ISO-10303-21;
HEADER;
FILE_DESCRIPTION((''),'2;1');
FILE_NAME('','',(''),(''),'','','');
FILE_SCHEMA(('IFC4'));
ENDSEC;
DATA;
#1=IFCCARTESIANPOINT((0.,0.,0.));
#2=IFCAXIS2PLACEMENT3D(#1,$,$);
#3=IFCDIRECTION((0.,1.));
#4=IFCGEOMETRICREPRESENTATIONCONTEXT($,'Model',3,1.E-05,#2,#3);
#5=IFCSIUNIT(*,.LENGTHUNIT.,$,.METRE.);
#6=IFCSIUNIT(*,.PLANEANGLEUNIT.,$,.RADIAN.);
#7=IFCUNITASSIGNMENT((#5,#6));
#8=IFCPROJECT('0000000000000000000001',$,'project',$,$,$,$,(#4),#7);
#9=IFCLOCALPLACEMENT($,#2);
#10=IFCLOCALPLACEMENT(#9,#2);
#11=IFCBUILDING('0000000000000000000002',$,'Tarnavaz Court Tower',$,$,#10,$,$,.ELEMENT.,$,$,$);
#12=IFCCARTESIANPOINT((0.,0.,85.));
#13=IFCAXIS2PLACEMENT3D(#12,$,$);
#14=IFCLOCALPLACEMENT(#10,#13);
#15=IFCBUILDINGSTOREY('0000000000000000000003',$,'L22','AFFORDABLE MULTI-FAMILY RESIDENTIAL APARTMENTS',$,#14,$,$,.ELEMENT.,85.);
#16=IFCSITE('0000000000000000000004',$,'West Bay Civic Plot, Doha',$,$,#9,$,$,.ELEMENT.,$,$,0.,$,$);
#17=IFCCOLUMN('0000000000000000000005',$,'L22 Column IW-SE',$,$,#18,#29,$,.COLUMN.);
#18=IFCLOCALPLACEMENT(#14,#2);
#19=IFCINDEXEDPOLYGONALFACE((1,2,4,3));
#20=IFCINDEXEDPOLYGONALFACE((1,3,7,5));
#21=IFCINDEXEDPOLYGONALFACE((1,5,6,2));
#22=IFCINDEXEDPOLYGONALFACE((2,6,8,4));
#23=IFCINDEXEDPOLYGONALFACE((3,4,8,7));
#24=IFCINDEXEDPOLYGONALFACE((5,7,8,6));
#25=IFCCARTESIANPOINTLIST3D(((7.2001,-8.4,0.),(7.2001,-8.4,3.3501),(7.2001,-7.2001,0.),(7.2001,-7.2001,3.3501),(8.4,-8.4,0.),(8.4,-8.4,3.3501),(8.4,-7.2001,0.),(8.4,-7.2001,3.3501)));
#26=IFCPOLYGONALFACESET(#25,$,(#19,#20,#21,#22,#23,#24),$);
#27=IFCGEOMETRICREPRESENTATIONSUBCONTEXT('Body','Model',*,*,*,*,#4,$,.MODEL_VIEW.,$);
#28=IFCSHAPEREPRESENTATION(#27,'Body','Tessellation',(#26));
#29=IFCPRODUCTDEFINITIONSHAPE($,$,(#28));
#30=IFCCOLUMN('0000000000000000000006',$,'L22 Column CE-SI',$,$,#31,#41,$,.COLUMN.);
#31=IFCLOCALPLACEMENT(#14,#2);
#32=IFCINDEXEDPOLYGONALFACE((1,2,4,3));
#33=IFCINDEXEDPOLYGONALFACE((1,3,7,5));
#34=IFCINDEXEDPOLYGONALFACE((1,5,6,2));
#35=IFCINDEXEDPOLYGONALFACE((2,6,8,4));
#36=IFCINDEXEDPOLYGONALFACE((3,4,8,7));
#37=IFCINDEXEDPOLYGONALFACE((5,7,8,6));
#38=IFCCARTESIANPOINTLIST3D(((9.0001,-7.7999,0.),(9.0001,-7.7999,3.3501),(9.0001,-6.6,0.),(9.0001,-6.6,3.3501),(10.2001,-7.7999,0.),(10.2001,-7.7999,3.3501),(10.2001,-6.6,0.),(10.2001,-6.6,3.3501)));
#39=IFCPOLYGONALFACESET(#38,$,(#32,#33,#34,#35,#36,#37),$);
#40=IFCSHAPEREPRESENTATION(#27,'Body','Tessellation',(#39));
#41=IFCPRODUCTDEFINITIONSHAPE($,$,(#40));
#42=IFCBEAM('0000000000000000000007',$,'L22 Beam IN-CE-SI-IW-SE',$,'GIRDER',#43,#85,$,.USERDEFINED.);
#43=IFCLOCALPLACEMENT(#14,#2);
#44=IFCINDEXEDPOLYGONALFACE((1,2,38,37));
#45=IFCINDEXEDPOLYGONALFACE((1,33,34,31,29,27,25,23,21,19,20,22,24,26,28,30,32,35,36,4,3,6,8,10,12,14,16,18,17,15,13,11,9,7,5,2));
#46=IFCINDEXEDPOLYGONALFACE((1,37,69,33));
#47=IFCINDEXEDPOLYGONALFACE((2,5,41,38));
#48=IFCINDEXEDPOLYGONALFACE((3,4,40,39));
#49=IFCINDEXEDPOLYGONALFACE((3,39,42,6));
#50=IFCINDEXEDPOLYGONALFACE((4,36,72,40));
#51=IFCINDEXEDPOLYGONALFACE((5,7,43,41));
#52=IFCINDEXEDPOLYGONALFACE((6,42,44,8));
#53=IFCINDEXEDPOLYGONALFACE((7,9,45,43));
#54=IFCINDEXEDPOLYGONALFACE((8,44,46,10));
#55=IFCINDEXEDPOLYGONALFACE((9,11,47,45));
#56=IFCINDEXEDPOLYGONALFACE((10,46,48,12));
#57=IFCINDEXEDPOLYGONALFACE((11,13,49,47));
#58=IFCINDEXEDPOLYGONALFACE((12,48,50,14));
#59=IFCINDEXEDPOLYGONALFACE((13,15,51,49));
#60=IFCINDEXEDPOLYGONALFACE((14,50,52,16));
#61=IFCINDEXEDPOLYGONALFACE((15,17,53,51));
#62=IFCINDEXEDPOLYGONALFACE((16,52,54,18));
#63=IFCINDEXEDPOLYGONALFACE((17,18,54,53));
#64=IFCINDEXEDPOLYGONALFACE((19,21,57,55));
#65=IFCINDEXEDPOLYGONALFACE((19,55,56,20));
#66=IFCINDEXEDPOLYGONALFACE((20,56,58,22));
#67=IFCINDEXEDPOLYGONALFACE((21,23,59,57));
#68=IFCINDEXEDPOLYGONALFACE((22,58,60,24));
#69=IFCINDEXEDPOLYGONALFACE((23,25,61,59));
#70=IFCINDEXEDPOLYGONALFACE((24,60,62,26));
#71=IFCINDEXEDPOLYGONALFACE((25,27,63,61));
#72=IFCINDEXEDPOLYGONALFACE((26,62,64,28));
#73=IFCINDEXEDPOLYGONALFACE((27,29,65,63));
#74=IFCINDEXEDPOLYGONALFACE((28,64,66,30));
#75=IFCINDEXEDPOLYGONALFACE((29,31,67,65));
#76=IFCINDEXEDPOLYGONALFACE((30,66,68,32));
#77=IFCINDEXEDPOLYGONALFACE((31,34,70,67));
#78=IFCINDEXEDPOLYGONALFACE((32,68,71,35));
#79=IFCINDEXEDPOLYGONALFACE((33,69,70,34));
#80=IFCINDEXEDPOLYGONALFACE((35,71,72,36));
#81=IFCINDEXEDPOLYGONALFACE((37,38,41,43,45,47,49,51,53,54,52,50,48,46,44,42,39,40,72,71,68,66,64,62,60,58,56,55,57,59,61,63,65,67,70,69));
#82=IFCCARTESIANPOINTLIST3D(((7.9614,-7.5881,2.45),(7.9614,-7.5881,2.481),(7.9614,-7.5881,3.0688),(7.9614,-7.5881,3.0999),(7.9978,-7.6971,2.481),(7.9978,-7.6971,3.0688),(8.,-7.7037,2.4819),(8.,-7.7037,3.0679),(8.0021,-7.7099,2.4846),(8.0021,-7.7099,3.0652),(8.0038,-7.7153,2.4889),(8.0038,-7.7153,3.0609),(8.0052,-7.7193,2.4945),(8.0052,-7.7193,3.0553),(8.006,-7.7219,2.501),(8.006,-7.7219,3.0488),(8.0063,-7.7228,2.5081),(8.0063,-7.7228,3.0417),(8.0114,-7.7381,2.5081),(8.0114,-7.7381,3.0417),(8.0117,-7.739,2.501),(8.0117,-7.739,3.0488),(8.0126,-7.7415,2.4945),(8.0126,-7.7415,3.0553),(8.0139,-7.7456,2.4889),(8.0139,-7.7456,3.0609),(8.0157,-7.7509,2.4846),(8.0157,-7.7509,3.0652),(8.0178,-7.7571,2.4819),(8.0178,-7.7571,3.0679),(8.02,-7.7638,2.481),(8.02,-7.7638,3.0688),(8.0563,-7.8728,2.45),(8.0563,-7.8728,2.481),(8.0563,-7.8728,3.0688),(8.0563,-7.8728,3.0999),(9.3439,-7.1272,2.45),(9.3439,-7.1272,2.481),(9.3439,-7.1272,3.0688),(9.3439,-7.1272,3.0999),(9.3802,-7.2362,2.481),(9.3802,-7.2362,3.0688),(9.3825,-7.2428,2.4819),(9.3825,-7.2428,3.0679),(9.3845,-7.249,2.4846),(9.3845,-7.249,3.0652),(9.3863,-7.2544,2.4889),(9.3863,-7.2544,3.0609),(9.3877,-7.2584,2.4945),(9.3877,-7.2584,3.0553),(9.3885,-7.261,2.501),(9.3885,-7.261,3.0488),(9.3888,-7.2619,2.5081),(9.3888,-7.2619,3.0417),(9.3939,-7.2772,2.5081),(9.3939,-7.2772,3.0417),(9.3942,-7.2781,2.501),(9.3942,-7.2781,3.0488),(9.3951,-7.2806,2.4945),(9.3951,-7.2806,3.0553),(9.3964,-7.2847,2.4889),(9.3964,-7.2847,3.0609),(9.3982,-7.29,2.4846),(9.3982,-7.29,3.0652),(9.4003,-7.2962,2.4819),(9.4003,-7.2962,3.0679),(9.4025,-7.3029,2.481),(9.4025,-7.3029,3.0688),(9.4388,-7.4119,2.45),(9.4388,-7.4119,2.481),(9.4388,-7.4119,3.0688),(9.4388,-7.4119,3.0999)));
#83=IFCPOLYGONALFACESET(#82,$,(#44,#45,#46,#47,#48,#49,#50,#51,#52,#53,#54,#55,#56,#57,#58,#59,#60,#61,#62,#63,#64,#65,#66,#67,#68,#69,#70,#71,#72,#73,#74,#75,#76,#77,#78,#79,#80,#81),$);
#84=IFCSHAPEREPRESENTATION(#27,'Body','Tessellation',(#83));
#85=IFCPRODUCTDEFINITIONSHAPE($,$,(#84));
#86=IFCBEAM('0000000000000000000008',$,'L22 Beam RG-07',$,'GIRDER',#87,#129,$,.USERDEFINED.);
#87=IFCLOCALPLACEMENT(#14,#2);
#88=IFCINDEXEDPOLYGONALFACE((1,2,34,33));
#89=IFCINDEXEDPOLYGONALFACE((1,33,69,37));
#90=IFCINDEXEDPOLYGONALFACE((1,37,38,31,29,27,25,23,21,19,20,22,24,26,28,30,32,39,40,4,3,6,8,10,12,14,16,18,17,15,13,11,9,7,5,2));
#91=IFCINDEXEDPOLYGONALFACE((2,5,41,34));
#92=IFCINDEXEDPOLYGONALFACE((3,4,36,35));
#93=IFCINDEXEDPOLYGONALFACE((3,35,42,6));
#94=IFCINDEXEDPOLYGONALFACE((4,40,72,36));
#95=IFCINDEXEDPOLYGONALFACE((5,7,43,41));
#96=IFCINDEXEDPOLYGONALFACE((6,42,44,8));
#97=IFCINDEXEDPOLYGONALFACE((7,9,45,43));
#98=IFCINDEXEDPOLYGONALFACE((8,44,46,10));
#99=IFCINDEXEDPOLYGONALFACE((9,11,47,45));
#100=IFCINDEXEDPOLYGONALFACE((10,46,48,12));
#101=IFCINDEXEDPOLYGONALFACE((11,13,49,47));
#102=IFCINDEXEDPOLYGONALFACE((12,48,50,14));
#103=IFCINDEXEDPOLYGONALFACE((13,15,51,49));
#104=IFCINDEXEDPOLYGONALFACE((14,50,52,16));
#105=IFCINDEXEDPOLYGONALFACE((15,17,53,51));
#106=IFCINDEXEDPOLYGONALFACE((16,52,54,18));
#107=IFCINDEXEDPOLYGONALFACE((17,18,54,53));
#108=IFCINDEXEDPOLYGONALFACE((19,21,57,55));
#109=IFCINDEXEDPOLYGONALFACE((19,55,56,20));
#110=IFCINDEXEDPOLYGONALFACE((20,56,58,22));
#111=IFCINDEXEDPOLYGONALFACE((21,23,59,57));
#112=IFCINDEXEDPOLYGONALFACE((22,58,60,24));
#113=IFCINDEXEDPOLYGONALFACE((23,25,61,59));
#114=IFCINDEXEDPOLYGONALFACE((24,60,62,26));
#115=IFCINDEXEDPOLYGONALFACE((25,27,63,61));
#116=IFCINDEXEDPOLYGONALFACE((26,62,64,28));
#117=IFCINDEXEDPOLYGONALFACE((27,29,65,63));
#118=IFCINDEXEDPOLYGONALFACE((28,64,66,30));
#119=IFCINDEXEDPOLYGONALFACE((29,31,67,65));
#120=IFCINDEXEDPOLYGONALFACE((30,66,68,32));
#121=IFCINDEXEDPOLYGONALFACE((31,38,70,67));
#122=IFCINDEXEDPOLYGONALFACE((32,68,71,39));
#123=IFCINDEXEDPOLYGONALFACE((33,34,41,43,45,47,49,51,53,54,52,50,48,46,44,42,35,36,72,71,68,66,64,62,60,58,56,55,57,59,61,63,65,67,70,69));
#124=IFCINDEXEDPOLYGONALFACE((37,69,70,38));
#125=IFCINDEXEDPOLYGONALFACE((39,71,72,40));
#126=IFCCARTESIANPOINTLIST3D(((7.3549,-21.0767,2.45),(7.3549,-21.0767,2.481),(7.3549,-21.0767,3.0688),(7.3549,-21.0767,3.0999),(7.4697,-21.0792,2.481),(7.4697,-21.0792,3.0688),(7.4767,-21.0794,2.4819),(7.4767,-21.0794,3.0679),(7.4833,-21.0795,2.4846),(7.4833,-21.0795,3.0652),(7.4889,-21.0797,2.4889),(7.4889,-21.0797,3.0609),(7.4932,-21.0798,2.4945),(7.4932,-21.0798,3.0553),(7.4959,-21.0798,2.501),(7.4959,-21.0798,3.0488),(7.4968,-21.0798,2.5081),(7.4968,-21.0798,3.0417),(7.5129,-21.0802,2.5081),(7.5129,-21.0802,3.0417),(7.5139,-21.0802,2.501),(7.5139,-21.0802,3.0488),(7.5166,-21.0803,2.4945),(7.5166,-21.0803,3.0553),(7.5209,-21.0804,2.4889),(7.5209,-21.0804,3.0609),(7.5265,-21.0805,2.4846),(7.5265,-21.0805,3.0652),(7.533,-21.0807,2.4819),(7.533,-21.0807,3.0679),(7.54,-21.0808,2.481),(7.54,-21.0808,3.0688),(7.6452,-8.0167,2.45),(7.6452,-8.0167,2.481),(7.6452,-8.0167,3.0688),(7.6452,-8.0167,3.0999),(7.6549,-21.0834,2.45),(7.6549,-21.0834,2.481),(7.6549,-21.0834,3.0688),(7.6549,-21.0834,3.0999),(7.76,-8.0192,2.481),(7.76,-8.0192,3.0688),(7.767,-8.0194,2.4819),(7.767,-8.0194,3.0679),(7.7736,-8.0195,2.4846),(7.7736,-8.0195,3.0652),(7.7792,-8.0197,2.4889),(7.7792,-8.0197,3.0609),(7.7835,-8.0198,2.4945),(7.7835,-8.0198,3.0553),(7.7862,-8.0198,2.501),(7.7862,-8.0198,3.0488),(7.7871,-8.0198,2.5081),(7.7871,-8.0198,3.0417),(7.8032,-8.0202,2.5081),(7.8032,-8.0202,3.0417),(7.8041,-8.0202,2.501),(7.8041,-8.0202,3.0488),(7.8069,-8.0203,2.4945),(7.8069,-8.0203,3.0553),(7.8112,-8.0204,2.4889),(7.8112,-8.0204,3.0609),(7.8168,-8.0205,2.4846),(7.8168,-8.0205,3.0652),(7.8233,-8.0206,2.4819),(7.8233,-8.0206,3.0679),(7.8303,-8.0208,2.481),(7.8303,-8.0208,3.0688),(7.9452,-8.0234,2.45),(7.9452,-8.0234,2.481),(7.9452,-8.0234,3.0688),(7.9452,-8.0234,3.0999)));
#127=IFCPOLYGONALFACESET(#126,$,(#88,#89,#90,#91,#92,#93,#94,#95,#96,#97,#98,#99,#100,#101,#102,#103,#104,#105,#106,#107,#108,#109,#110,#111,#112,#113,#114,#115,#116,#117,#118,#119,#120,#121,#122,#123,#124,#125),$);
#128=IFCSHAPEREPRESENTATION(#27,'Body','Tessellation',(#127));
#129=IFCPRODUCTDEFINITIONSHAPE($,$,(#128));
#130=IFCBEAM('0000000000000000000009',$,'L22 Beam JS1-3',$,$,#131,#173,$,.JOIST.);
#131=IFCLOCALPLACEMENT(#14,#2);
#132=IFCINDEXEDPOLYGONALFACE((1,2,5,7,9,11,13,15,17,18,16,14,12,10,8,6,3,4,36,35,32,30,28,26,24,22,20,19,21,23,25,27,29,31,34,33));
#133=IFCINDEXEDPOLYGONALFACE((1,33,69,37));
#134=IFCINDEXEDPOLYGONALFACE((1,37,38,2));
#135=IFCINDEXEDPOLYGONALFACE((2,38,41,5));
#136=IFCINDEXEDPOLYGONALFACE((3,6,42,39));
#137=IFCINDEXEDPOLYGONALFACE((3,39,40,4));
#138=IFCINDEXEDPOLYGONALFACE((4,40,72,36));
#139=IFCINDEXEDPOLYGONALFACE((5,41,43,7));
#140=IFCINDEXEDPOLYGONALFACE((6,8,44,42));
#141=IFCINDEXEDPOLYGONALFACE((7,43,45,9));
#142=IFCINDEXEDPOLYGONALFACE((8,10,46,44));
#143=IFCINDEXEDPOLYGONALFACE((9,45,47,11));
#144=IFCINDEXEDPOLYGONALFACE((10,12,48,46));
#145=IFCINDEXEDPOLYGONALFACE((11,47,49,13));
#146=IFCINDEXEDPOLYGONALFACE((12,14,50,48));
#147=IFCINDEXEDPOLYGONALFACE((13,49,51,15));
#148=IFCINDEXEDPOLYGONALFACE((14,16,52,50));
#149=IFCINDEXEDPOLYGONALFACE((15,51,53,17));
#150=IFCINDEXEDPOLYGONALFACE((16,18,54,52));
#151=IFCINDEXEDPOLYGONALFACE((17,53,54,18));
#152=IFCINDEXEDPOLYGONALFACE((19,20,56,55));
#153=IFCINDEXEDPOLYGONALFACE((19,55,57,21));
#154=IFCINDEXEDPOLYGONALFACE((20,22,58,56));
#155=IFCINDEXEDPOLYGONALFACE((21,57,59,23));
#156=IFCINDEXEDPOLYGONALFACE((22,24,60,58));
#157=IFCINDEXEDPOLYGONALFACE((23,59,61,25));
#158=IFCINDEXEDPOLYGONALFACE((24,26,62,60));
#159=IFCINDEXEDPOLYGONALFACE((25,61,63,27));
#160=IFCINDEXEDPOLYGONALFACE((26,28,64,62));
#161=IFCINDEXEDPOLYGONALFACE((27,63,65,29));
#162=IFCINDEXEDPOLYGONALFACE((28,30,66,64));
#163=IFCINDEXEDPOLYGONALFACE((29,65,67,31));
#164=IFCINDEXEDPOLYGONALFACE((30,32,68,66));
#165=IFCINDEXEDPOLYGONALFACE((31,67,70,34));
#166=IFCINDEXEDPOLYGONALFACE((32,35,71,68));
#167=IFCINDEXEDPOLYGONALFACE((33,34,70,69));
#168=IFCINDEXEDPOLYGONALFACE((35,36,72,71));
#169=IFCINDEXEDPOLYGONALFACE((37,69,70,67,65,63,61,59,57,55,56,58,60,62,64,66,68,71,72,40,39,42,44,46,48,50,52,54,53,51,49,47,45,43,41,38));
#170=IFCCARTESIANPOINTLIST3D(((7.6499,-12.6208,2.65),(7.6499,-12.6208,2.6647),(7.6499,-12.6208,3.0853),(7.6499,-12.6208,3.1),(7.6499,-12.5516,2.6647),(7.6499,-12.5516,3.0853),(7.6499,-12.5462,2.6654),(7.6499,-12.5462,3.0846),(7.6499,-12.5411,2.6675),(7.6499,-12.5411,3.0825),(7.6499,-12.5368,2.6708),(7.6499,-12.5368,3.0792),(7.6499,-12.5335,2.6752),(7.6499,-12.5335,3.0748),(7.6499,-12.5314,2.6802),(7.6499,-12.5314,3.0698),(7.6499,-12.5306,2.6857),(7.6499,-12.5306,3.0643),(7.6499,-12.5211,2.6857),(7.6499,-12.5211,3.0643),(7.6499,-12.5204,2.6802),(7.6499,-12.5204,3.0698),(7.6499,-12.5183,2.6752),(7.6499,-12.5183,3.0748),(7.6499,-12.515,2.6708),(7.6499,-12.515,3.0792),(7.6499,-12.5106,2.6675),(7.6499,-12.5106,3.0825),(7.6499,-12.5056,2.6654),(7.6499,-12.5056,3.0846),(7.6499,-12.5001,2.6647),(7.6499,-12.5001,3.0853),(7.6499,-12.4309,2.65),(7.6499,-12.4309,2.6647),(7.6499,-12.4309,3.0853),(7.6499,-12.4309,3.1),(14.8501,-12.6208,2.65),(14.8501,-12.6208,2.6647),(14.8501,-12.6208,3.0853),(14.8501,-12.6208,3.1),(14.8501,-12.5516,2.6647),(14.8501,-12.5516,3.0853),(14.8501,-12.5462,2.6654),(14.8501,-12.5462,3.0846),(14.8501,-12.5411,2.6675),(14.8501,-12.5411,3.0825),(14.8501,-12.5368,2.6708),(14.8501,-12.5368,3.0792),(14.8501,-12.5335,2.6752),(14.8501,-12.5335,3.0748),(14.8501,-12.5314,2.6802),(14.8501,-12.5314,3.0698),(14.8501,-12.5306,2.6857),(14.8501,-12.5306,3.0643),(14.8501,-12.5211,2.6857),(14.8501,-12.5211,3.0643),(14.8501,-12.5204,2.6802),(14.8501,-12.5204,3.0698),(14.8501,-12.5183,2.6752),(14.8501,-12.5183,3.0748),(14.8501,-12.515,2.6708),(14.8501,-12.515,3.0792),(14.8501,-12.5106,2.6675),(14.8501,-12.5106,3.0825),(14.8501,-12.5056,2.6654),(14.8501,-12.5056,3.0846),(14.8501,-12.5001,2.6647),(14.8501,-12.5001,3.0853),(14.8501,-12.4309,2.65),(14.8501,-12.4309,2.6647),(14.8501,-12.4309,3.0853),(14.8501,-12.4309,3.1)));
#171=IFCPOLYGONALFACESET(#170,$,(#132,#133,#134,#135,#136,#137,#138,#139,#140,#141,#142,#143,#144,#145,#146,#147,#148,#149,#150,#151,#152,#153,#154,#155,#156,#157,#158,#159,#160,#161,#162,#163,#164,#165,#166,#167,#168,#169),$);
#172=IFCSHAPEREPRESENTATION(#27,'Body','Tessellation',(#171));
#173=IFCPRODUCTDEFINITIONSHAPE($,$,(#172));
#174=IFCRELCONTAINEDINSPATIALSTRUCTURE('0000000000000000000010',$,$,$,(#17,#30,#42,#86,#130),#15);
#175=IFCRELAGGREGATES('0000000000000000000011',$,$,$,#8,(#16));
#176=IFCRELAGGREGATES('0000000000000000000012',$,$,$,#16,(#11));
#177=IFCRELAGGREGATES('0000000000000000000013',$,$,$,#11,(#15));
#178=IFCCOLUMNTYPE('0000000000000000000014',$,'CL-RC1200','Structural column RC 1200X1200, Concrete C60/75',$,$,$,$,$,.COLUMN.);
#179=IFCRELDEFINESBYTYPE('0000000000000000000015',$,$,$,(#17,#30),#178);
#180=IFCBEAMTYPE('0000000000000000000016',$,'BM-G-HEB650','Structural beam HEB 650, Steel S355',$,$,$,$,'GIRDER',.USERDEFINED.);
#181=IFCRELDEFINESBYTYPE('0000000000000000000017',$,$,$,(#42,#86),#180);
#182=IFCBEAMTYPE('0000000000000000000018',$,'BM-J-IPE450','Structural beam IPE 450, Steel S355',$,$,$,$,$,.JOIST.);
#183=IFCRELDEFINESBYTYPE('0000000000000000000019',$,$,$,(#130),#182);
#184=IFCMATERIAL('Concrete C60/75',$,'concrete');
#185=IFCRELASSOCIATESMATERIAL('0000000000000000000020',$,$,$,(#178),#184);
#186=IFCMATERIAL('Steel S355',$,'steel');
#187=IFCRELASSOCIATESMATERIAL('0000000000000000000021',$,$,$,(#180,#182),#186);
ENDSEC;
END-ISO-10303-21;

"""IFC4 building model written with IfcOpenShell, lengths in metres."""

from ifc_helpers import new_model, si_unit, direction, frame, origin, origin_2d, place, context, subcontext, project, spatial, rectangle, i_section, extrude, material, material_profile, profile_set, type_object, element, save


model = new_model("IFC4")

# Units and contexts
model_context = context("Model", 3, precision=1e-05, world=origin(), true_north=direction((0.0, 1.0)))
body_context = subcontext(model_context, "Body", "Model", "MODEL_VIEW")
ifc_project = project(units=[si_unit("LENGTHUNIT", "METRE"), si_unit("PLANEANGLEUNIT", "RADIAN")], contexts=[model_context])

# Site, building, storey
site_placement = place(None, origin())
site = spatial("IfcSite", under=ifc_project, at=site_placement, Name="West Bay Civic Plot, Doha", CompositionType="ELEMENT", RefElevation=0.0)
building_placement = place(site_placement, origin())
building = spatial("IfcBuilding", under=site, at=building_placement, Name="Tarnavaz Court Tower", CompositionType="ELEMENT")
storey_placement = place(building_placement, frame((0.0, 0.0, 85.0)))
storey = spatial("IfcBuildingStorey", under=building, at=storey_placement, Name="L22", Description="AFFORDABLE MULTI-FAMILY RESIDENTIAL APARTMENTS", CompositionType="ELEMENT", Elevation=85.0)

# Columns
ifc_material_1 = material(Name="Concrete C60/75", Category="concrete")
ifc_material_profile_1 = material_profile(ifc_material_1, rectangle(XDim=1.2, YDim=1.2, at=origin_2d()), Name="RC 1200X1200")
ifc_profile_set_1 = profile_set([ifc_material_profile_1], Name="Concrete C60/75")
column_type = type_object("IfcColumnType", Name="CL-RC1200", Description="Structural column RC 1200X1200, Concrete C60/75", PredefinedType="COLUMN", material=ifc_profile_set_1)
for number, where, z_axis, x_axis, name in (
    (1, (7.8, -7.8, 0.0), (0.0, 0.0, 1.0), (1.0, 0.0, 0.0), "L22 Column IW-SE"),
    (2, (9.6001, -7.2, 0.0), (0.0, 0.0, 1.0), (1.0, 0.0, 0.0), "L22 Column CE-SI"),
):
    element("IfcColumn", number, at=place(storey_placement, frame(where, z_axis=z_axis, x_axis=x_axis)), inside=storey, type_object=column_type, Name=name, PredefinedType="COLUMN", context=body_context, shape_type="SweptSolid", body=[
        extrude(rectangle(XDim=1.2, YDim=1.2, at=origin_2d()), origin(), (0.0, 0.0, 1.0), 3.3501),
    ])

# Beams
ifc_material_2 = material(Name="Steel S355", Category="steel")
ifc_material_profile_2 = material_profile(ifc_material_2, i_section(OverallWidth=0.3, OverallDepth=0.6499, WebThickness=0.0161, FlangeThickness=0.031, FilletRadius=0.0271, at=origin_2d()), Name="HEB 650")
ifc_profile_set_2 = profile_set([ifc_material_profile_2], Name="Steel S355")
beam_type_1 = type_object("IfcBeamType", Name="BM-G-HEB650", Description="Structural beam HEB 650, Steel S355", ElementType="GIRDER", PredefinedType="USERDEFINED", material=ifc_profile_set_2)
beam_1_placement = place(storey_placement, frame((9.3914, -7.2695, 2.7749), z_axis=(-0.948667, -0.316278, 0.0), x_axis=(0.316278, -0.948667, 0.0)))
element("IfcBeam", 3, at=beam_1_placement, inside=storey, type_object=beam_type_1, Name="L22 Beam IN-CE-SI-IW-SE", ObjectType="GIRDER", PredefinedType="USERDEFINED", context=body_context, shape_type="SweptSolid", body=[
    extrude(i_section(OverallWidth=0.3, OverallDepth=0.6499, WebThickness=0.0161, FlangeThickness=0.031, FilletRadius=0.0271, at=origin_2d()), origin(), (0.0, 0.0, 1.0), 1.4573),
])
beam_2_placement = place(storey_placement, frame((7.7952, -8.02, 2.7749), z_axis=(-0.022221, -0.999753, 0.0), x_axis=(0.999753, -0.022221, 0.0)))
element("IfcBeam", 4, at=beam_2_placement, inside=storey, type_object=beam_type_1, Name="L22 Beam RG-07", ObjectType="GIRDER", PredefinedType="USERDEFINED", context=body_context, shape_type="SweptSolid", body=[
    extrude(i_section(OverallWidth=0.3, OverallDepth=0.6499, WebThickness=0.0161, FlangeThickness=0.031, FilletRadius=0.0271, at=origin_2d()), origin(), (0.0, 0.0, 1.0), 13.0632),
])
ifc_material_profile_3 = material_profile(ifc_material_2, i_section(OverallWidth=0.1899, OverallDepth=0.45, WebThickness=0.0095, FlangeThickness=0.0146, FilletRadius=0.021, at=origin_2d()), Name="IPE 450")
ifc_profile_set_3 = profile_set([ifc_material_profile_3], Name="Steel S355")
beam_type_2 = type_object("IfcBeamType", Name="BM-J-IPE450", Description="Structural beam IPE 450, Steel S355", PredefinedType="JOIST", material=ifc_profile_set_3)
for number, where, z_axis, x_axis, name in (
    (5, (7.6499, -12.5259, 2.875), (1.0, 0.0, 0.0), (0.0, 1.0, 0.0), "L22 Beam JS1-3"),
):
    element("IfcBeam", number, at=place(storey_placement, frame(where, z_axis=z_axis, x_axis=x_axis)), inside=storey, type_object=beam_type_2, Name=name, PredefinedType="JOIST", context=body_context, shape_type="SweptSolid", body=[
        extrude(i_section(OverallWidth=0.1899, OverallDepth=0.45, WebThickness=0.0095, FlangeThickness=0.0146, FilletRadius=0.021, at=origin_2d()), origin(), (0.0, 0.0, 1.0), 7.2002),
    ])

save(model, "model.ifc")
